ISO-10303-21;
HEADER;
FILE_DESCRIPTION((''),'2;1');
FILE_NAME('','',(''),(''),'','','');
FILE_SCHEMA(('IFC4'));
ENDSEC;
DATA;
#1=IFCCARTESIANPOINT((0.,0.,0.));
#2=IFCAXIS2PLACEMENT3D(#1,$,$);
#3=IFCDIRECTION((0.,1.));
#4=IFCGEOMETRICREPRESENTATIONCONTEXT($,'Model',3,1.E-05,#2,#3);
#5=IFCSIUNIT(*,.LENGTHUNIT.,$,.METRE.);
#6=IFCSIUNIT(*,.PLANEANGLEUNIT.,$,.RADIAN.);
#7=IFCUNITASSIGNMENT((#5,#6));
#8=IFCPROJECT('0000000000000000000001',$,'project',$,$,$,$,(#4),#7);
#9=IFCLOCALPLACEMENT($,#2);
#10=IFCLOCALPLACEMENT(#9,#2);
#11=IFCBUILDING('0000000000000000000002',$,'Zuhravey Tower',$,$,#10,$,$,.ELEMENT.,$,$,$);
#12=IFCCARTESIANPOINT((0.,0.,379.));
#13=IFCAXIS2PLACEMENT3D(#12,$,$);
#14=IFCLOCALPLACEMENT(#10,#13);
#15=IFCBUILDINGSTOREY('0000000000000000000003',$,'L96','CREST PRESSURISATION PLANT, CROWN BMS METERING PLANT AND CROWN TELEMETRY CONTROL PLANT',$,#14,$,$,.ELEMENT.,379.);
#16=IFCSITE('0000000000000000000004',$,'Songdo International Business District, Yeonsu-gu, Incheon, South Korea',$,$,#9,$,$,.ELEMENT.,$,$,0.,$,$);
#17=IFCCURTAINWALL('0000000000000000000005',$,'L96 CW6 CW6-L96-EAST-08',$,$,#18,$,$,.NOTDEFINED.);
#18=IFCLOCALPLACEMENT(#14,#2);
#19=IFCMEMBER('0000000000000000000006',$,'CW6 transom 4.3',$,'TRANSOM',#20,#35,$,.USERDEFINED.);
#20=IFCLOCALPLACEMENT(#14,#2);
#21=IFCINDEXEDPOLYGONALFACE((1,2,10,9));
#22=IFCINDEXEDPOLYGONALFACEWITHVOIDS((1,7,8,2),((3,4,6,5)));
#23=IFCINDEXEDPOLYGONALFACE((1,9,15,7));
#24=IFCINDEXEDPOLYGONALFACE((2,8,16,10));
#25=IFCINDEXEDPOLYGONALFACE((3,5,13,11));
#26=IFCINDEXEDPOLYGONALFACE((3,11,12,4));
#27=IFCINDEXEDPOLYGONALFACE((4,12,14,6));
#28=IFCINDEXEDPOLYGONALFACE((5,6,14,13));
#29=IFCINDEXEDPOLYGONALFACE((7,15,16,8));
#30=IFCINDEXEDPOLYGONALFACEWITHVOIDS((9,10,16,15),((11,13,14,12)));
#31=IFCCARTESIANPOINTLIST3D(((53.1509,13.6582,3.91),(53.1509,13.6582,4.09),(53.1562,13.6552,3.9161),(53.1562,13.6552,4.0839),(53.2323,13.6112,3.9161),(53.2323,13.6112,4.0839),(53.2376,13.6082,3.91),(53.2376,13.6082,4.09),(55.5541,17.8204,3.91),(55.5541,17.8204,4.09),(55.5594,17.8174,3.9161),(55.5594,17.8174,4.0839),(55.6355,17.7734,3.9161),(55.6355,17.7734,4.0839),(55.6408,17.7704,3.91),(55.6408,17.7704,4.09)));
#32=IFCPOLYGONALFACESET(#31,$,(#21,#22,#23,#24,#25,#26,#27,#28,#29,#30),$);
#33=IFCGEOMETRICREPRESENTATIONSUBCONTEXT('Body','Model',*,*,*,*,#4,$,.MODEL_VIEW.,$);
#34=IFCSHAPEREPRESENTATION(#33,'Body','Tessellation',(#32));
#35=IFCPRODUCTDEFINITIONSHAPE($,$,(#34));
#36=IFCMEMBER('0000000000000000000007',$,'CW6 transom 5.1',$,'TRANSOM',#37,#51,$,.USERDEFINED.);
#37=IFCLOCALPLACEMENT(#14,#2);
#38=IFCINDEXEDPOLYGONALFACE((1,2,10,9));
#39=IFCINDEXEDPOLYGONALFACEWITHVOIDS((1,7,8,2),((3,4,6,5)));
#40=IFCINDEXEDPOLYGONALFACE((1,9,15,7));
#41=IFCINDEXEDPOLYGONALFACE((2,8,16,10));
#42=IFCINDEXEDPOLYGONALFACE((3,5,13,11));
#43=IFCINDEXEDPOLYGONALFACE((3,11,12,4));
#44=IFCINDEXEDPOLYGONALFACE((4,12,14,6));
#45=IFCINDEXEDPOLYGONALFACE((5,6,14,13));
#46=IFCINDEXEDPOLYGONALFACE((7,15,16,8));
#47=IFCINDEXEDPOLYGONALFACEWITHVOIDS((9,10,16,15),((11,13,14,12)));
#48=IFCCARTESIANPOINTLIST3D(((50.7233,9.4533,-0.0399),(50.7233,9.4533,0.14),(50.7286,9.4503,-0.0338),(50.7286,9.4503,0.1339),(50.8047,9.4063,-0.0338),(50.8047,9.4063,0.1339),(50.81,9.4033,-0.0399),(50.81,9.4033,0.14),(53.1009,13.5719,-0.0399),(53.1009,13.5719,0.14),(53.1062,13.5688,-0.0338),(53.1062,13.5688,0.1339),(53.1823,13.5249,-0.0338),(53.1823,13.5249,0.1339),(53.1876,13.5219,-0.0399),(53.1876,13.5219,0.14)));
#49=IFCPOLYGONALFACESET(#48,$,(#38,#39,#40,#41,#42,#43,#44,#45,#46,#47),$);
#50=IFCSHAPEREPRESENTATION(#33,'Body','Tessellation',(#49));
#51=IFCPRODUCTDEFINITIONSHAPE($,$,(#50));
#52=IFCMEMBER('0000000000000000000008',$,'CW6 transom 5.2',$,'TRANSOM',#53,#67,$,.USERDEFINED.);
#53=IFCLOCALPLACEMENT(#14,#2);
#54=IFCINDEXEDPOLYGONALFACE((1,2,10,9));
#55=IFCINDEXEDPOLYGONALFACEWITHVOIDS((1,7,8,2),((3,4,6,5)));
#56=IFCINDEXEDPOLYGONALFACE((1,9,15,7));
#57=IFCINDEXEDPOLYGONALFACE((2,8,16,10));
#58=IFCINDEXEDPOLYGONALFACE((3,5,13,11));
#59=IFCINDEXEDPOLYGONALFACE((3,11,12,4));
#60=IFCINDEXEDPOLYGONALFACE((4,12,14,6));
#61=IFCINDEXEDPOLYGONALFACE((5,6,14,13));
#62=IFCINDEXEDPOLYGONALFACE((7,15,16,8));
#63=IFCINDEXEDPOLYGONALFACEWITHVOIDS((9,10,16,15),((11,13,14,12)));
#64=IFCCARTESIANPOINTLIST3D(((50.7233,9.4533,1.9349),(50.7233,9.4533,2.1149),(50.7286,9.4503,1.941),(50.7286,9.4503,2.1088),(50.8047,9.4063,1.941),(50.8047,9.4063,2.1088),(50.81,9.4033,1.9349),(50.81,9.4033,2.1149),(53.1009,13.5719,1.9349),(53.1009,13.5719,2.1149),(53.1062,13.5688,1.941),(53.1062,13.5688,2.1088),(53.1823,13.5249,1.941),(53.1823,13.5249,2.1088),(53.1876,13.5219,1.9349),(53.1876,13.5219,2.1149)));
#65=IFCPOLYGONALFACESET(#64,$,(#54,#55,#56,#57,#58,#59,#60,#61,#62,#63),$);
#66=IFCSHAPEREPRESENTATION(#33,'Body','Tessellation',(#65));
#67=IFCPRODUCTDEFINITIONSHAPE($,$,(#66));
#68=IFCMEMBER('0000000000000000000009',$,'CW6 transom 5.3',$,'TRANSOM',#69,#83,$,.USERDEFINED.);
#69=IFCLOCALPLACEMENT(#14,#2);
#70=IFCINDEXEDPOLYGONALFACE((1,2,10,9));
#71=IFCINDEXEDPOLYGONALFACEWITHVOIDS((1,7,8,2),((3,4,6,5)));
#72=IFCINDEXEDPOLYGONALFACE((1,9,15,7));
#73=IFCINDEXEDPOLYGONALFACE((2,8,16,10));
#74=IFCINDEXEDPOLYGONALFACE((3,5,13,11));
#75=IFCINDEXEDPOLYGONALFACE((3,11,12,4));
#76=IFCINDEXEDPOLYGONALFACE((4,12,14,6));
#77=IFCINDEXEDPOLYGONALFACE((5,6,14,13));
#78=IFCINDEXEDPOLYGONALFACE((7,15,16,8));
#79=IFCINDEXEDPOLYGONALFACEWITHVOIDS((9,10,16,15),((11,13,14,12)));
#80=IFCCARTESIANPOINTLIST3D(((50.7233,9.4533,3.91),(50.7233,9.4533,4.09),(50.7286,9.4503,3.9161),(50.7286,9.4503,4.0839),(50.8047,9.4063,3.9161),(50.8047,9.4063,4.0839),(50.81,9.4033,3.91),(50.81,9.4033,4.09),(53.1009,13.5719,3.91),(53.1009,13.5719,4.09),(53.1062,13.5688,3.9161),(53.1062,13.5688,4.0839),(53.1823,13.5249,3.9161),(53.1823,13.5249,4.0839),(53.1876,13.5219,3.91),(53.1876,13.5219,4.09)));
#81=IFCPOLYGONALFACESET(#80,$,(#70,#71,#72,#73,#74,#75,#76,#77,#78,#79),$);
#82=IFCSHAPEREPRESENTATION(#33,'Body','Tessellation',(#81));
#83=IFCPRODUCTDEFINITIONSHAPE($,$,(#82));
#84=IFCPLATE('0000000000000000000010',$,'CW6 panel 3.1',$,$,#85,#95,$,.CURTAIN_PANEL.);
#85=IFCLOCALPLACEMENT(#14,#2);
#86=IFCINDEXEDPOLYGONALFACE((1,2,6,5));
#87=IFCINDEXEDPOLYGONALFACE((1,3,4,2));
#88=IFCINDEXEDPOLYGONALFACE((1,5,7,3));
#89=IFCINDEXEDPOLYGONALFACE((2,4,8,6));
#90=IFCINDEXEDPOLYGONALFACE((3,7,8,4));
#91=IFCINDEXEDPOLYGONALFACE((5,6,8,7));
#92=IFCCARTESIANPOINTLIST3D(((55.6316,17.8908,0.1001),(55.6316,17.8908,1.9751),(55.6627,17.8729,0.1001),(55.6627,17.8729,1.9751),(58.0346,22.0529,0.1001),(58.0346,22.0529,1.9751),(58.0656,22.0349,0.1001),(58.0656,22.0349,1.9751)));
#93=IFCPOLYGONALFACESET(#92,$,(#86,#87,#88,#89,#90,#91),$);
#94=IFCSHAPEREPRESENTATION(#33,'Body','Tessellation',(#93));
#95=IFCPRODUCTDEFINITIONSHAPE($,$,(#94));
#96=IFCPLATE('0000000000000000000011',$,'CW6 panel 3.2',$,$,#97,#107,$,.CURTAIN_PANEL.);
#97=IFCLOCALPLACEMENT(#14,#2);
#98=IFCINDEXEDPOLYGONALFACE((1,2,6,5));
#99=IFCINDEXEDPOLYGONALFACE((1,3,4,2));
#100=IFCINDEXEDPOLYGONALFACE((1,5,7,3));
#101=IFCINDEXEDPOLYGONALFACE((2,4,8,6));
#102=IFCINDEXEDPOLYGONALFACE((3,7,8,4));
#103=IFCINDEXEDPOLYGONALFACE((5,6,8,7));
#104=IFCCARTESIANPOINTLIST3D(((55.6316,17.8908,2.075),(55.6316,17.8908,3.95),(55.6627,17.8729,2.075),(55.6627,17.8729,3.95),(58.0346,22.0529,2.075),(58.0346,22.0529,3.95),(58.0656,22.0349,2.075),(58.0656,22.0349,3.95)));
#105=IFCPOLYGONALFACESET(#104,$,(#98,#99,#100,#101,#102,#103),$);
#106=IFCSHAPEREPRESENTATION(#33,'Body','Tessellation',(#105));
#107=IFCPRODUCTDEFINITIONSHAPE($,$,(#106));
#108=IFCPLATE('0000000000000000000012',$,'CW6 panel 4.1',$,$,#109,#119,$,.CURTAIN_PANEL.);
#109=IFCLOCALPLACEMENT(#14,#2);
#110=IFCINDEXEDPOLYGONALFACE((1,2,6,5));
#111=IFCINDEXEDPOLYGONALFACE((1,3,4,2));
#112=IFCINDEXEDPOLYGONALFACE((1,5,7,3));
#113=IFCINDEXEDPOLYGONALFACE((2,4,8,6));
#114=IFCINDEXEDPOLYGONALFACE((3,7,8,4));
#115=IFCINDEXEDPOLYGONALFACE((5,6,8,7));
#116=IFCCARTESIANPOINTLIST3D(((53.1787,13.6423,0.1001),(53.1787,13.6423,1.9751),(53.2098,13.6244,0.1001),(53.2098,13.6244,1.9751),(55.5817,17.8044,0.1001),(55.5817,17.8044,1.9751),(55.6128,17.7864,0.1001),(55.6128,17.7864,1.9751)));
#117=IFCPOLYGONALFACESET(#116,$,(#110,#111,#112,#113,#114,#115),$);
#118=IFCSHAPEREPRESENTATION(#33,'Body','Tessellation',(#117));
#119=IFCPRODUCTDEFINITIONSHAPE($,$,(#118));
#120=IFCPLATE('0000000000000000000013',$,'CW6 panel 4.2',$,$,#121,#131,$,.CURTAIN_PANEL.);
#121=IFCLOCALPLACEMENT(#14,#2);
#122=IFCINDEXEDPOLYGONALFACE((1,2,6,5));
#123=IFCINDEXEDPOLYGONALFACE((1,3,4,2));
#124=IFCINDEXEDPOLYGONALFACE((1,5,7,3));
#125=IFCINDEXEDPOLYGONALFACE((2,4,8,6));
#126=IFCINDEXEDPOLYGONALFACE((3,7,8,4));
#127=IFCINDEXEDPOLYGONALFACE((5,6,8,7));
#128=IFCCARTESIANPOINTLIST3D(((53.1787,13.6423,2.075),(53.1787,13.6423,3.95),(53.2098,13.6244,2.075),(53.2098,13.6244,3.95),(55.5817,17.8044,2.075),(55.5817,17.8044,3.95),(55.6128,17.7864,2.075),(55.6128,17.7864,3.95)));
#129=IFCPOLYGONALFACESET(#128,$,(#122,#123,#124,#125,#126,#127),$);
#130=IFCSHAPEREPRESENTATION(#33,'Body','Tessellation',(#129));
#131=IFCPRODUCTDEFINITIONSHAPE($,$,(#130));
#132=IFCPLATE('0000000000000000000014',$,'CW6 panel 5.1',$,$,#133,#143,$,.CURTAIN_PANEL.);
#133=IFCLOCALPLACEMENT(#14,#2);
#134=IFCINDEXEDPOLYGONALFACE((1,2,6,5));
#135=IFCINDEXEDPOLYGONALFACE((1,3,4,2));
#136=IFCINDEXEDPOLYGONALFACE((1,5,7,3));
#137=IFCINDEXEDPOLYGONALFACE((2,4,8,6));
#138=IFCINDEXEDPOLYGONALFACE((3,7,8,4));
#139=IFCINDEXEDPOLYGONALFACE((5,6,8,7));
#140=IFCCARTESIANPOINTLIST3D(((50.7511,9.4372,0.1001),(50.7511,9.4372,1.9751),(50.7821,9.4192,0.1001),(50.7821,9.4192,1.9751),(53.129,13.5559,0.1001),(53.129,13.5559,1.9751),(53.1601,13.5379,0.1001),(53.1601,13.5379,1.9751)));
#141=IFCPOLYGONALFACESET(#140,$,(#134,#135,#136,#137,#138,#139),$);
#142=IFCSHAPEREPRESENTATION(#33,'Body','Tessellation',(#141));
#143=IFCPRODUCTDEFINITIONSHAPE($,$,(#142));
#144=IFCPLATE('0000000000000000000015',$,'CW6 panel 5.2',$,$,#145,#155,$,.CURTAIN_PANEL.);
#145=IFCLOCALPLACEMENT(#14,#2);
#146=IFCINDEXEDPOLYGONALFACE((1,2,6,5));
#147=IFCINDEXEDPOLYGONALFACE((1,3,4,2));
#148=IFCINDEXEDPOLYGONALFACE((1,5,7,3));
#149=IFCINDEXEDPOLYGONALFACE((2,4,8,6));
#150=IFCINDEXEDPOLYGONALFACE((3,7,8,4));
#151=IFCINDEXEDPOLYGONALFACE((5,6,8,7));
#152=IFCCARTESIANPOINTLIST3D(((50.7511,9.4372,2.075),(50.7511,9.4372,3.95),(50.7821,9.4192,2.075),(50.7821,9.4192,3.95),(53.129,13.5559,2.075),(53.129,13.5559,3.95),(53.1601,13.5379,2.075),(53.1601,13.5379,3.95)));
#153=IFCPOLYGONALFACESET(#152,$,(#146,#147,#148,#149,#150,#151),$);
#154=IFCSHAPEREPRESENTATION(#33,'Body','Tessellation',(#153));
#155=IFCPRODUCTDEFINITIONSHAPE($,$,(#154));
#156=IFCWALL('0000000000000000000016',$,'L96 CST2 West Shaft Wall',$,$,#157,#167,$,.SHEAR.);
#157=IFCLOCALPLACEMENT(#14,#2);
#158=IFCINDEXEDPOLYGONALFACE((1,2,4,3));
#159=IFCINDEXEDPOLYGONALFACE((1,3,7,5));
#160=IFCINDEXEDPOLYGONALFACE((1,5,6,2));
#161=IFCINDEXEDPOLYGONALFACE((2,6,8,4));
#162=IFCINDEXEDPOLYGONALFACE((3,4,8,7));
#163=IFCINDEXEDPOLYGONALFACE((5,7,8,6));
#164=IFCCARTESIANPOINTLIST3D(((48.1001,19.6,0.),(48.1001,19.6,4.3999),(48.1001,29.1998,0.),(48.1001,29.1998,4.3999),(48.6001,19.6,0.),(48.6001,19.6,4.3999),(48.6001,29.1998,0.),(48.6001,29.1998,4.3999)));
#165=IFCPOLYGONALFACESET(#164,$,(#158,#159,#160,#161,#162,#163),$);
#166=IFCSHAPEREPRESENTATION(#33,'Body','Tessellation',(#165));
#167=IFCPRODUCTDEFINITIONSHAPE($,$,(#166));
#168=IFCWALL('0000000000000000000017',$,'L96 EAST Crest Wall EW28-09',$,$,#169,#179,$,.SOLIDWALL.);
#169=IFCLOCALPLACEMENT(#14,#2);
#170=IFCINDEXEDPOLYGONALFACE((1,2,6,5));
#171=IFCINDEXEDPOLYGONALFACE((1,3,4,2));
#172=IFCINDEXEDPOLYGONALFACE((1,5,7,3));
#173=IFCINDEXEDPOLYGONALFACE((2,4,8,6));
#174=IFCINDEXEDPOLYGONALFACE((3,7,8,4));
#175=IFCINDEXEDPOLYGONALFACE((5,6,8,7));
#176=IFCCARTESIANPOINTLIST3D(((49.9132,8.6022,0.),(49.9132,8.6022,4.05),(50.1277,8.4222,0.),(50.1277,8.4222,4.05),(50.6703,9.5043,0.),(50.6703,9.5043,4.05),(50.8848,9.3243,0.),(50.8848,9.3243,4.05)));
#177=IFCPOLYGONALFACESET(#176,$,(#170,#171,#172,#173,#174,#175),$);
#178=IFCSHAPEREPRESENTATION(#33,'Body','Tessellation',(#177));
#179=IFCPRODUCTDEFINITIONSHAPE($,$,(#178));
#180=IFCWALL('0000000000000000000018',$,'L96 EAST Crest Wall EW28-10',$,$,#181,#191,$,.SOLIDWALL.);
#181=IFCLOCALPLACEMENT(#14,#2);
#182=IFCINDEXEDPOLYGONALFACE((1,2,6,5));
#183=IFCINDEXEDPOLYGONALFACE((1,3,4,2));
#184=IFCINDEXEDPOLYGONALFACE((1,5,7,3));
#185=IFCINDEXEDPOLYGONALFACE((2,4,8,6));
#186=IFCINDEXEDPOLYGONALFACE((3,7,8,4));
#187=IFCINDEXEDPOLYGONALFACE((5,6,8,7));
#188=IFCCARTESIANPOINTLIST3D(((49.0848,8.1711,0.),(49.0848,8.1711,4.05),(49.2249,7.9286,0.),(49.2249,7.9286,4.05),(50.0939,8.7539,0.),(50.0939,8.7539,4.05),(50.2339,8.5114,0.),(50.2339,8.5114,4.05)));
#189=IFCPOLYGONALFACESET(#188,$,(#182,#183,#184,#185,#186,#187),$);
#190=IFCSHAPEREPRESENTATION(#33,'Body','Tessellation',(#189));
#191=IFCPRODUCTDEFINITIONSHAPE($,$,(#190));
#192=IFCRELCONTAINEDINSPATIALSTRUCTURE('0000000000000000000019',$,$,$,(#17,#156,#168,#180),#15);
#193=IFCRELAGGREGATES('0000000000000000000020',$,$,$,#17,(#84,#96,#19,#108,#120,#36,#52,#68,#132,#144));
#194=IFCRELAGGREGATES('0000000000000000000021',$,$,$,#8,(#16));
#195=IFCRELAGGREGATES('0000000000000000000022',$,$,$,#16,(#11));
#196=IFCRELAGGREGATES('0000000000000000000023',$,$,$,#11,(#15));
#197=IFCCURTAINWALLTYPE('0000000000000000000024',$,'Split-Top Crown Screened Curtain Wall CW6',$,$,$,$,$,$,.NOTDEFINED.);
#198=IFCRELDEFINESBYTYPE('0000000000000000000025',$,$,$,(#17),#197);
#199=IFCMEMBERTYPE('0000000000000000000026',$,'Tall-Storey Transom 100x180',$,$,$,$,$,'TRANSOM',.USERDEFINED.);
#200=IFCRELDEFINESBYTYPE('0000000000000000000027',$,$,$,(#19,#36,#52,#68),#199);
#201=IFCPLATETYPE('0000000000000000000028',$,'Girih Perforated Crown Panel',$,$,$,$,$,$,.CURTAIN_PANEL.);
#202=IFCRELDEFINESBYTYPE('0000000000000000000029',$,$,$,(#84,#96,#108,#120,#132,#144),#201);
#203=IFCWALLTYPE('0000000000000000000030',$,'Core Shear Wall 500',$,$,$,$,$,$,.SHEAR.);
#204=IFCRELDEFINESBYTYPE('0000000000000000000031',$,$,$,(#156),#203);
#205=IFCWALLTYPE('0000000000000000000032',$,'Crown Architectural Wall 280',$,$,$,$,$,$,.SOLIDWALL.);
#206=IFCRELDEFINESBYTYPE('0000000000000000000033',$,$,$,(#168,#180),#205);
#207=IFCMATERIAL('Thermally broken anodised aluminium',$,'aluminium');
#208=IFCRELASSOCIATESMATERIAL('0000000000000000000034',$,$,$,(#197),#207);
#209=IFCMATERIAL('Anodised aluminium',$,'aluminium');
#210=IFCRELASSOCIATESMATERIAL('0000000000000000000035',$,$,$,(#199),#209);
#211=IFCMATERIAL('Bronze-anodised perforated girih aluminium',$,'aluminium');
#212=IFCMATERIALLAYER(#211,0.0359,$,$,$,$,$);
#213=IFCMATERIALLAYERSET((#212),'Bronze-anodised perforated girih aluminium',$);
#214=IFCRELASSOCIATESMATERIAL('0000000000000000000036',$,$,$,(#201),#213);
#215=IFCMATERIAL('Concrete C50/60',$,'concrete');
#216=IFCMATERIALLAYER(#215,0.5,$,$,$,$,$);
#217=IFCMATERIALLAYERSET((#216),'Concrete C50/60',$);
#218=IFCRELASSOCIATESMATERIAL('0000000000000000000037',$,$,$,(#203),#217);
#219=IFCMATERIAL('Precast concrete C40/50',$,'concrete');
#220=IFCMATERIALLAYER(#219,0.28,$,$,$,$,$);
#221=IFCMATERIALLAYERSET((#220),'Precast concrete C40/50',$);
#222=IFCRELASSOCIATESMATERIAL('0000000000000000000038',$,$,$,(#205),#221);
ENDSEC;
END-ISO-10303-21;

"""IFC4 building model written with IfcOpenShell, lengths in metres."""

from ifc_helpers import new_model, si_unit, direction, frame, frame_2d, origin, origin_2d, place, context, subcontext, project, spatial, rectangle, hollow_rectangle, extrude, material, layer, layer_set, material_profile, profile_set, type_object, element, aggregate, save


model = new_model("IFC4")

# Units and contexts
model_context = context("Model", 3, precision=1e-05, world=origin(), true_north=direction((0.0, 1.0)))
body_context = subcontext(model_context, "Body", "Model", "MODEL_VIEW")
ifc_project = project(units=[si_unit("LENGTHUNIT", "METRE"), si_unit("PLANEANGLEUNIT", "RADIAN")], contexts=[model_context])

# Site, building, storey
site_placement = place(None, origin())
site = spatial("IfcSite", under=ifc_project, at=site_placement, Name="Songdo International Business District, Yeonsu-gu, Incheon, South Korea", CompositionType="ELEMENT", RefElevation=0.0)
building_placement = place(site_placement, origin())
building = spatial("IfcBuilding", under=site, at=building_placement, Name="Zuhravey Tower", CompositionType="ELEMENT")
storey_placement = place(building_placement, frame((0.0, 0.0, 379.0)))
storey = spatial("IfcBuildingStorey", under=building, at=storey_placement, Name="L96", Description="CREST PRESSURISATION PLANT, CROWN BMS METERING PLANT AND CROWN TELEMETRY CONTROL PLANT", CompositionType="ELEMENT", Elevation=379.0)

# Curtain wall
ifc_material_1 = material(Name="Thermally broken anodised aluminium", Category="aluminium")
curtain_wall_type = type_object("IfcCurtainWallType", Name="Split-Top Crown Screened Curtain Wall CW6", PredefinedType="NOTDEFINED", material=ifc_material_1)
curtain_wall_placement = place(storey_placement, origin())
curtain_wall = element("IfcCurtainWall", 1, at=curtain_wall_placement, inside=storey, type_object=curtain_wall_type, Name="L96 CW6 CW6-L96-EAST-08", PredefinedType="NOTDEFINED")
ifc_material_2 = material(Name="Anodised aluminium", Category="aluminium")

# Members
ifc_material_profile_1 = material_profile(ifc_material_2, hollow_rectangle(XDim=0.1001, YDim=0.1799, WallThickness=0.0061, at=origin_2d()), Name="ALU-RHS-100x180x6")
ifc_profile_set_1 = profile_set([ifc_material_profile_1], Name="Anodised aluminium")
member_type_1 = type_object("IfcMemberType", Name="Tall-Storey Transom 100x180", ElementType="TRANSOM", PredefinedType="USERDEFINED", material=ifc_profile_set_1)
member_1_placement = place(storey_placement, frame((55.5974, 17.7954, 4.0), z_axis=(-0.500013, -0.866018, 0.0), x_axis=(0.866018, -0.500013, 0.0)))
member_1 = element("IfcMember", 2, at=member_1_placement, type_object=member_type_1, Name="CW6 transom 4.3", ObjectType="TRANSOM", PredefinedType="USERDEFINED", context=body_context, shape_type="SweptSolid", body=[
    extrude(hollow_rectangle(XDim=0.1001, YDim=0.1799, WallThickness=0.0061, at=origin_2d()), origin(), (0.0, 0.0, 1.0), 4.8062),
])
member_2_placement = place(storey_placement, frame((53.1443, 13.5469, 0.05), z_axis=(-0.499965, -0.866045, 0.0), x_axis=(0.866045, -0.499965, 0.0)))
member_2 = element("IfcMember", 3, at=member_2_placement, type_object=member_type_1, Name="CW6 transom 5.1", ObjectType="TRANSOM", PredefinedType="USERDEFINED", context=body_context, shape_type="SweptSolid", body=[
    extrude(hollow_rectangle(XDim=0.1001, YDim=0.1799, WallThickness=0.0061, at=origin_2d()), origin(), (0.0, 0.0, 1.0), 4.7556),
])
member_3_placement = place(storey_placement, frame((53.1443, 13.5469, 2.0249), z_axis=(-0.499965, -0.866045, 0.0), x_axis=(0.866045, -0.499965, 0.0)))
member_3 = element("IfcMember", 4, at=member_3_placement, type_object=member_type_1, Name="CW6 transom 5.2", ObjectType="TRANSOM", PredefinedType="USERDEFINED", context=body_context, shape_type="SweptSolid", body=[
    extrude(hollow_rectangle(XDim=0.1001, YDim=0.1799, WallThickness=0.0061, at=origin_2d()), origin(), (0.0, 0.0, 1.0), 4.7556),
])
member_4_placement = place(storey_placement, frame((53.1443, 13.5469, 4.0), z_axis=(-0.499965, -0.866045, 0.0), x_axis=(0.866045, -0.499965, 0.0)))
member_4 = element("IfcMember", 5, at=member_4_placement, type_object=member_type_1, Name="CW6 transom 5.3", ObjectType="TRANSOM", PredefinedType="USERDEFINED", context=body_context, shape_type="SweptSolid", body=[
    extrude(hollow_rectangle(XDim=0.1001, YDim=0.1799, WallThickness=0.0061, at=origin_2d()), origin(), (0.0, 0.0, 1.0), 4.7556),
])

# Plates
ifc_material_3 = material(Name="Bronze-anodised perforated girih aluminium", Category="aluminium")
ifc_layer_1 = layer(ifc_material_3, 0.0359)
ifc_layer_set_1 = layer_set([ifc_layer_1], Name="Bronze-anodised perforated girih aluminium")
plate_type = type_object("IfcPlateType", Name="Girih Perforated Crown Panel", PredefinedType="CURTAIN_PANEL", material=ifc_layer_set_1)
plate_1_placement = place(storey_placement, frame((56.8486, 19.9629, 0.1001), z_axis=(0.0, 0.0, 1.0), x_axis=(-0.499997, -0.866027, 0.0)))
plate_1 = element("IfcPlate", 6, at=plate_1_placement, type_object=plate_type, Name="CW6 panel 3.1", PredefinedType="CURTAIN_PANEL", context=body_context, shape_type="SweptSolid", body=[
    extrude(rectangle(XDim=4.8059, YDim=0.0359, at=origin_2d()), origin(), (0.0, 0.0, 1.0), 1.875),
])
plate_2_placement = place(storey_placement, frame((56.8486, 19.9629, 2.075), z_axis=(0.0, 0.0, 1.0), x_axis=(-0.499997, -0.866027, 0.0)))
plate_2 = element("IfcPlate", 7, at=plate_2_placement, type_object=plate_type, Name="CW6 panel 3.2", PredefinedType="CURTAIN_PANEL", context=body_context, shape_type="SweptSolid", body=[
    extrude(rectangle(XDim=4.8059, YDim=0.0359, at=origin_2d()), origin(), (0.0, 0.0, 1.0), 1.875),
])
plate_3_placement = place(storey_placement, frame((54.3958, 15.7144, 0.1001), z_axis=(0.0, 0.0, 1.0), x_axis=(-0.499997, -0.866027, 0.0)))
plate_3 = element("IfcPlate", 8, at=plate_3_placement, type_object=plate_type, Name="CW6 panel 4.1", PredefinedType="CURTAIN_PANEL", context=body_context, shape_type="SweptSolid", body=[
    extrude(rectangle(XDim=4.8059, YDim=0.0359, at=origin_2d()), origin(), (0.0, 0.0, 1.0), 1.875),
])
plate_4_placement = place(storey_placement, frame((54.3958, 15.7144, 2.075), z_axis=(0.0, 0.0, 1.0), x_axis=(-0.499997, -0.866027, 0.0)))
plate_4 = element("IfcPlate", 9, at=plate_4_placement, type_object=plate_type, Name="CW6 panel 4.2", PredefinedType="CURTAIN_PANEL", context=body_context, shape_type="SweptSolid", body=[
    extrude(rectangle(XDim=4.8059, YDim=0.0359, at=origin_2d()), origin(), (0.0, 0.0, 1.0), 1.875),
])
plate_5_placement = place(storey_placement, frame((51.9556, 11.4875, 0.1001), z_axis=(0.0, 0.0, 1.0), x_axis=(-0.499997, -0.866027, 0.0)))
plate_5 = element("IfcPlate", 10, at=plate_5_placement, type_object=plate_type, Name="CW6 panel 5.1", PredefinedType="CURTAIN_PANEL", context=body_context, shape_type="SweptSolid", body=[
    extrude(rectangle(XDim=4.7559, YDim=0.0359, at=origin_2d()), origin(), (0.0, 0.0, 1.0), 1.875),
])
plate_6_placement = place(storey_placement, frame((51.9556, 11.4875, 2.075), z_axis=(0.0, 0.0, 1.0), x_axis=(-0.499997, -0.866027, 0.0)))
plate_6 = element("IfcPlate", 11, at=plate_6_placement, type_object=plate_type, Name="CW6 panel 5.2", PredefinedType="CURTAIN_PANEL", context=body_context, shape_type="SweptSolid", body=[
    extrude(rectangle(XDim=4.7559, YDim=0.0359, at=origin_2d()), origin(), (0.0, 0.0, 1.0), 1.875),
])
aggregate(curtain_wall, [plate_1, plate_2, member_1, plate_3, plate_4, member_2, member_3, member_4, plate_5, plate_6])

# Shared definitions
ifc_material_4 = material(Name="Concrete C50/60", Category="concrete")
ifc_layer_2 = layer(ifc_material_4, 0.5)
ifc_layer_set_2 = layer_set([ifc_layer_2], Name="Concrete C50/60")
wall_type_1 = type_object("IfcWallType", Name="Core Shear Wall 500", PredefinedType="SHEAR", material=ifc_layer_set_2)

# Walls
wall_1_placement = place(storey_placement, frame((48.3501, 19.6001, 0.0), z_axis=(0.0, 0.0, 1.0), x_axis=(0.0, 1.0, 0.0)))
element("IfcWall", 12, at=wall_1_placement, inside=storey, type_object=wall_type_1, Name="L96 CST2 West Shaft Wall", PredefinedType="SHEAR", context=body_context, shape_type="SweptSolid", body=[
    extrude(rectangle(XDim=9.5999, YDim=0.5, at=frame_2d((4.7998, 0.0))), origin(), (0.0, 0.0, 1.0), 4.3999),
])
ifc_material_5 = material(Name="Precast concrete C40/50", Category="concrete")
ifc_layer_3 = layer(ifc_material_5, 0.28)
ifc_layer_set_3 = layer_set([ifc_layer_3], Name="Precast concrete C40/50")
wall_type_2 = type_object("IfcWallType", Name="Crown Architectural Wall 280", PredefinedType="SOLIDWALL", material=ifc_layer_set_3)
wall_2_placement = place(storey_placement, frame((50.7776, 9.4143, 0.0), z_axis=(0.0, 0.0, 1.0), x_axis=(-0.642852, -0.765991, 0.0)))
element("IfcWall", 13, at=wall_2_placement, inside=storey, type_object=wall_type_2, Name="L96 EAST Crest Wall EW28-09", PredefinedType="SOLIDWALL", context=body_context, shape_type="SweptSolid", body=[
    extrude(rectangle(XDim=1.1777, YDim=0.28, at=frame_2d((0.5889, 0.0))), origin(), (0.0, 0.0, 1.0), 4.05),
])
wall_3_placement = place(storey_placement, frame((50.1638, 8.6326, 0.0), z_axis=(0.0, 0.0, 1.0), x_axis=(-0.865952, -0.500127, 0.0)))
element("IfcWall", 14, at=wall_3_placement, inside=storey, type_object=wall_type_2, Name="L96 EAST Crest Wall EW28-10", PredefinedType="SOLIDWALL", context=body_context, shape_type="SweptSolid", body=[
    extrude(rectangle(XDim=1.1653, YDim=0.28, at=frame_2d((0.5825, 0.0))), origin(), (0.0, 0.0, 1.0), 4.05),
])

save(model, "model.ifc")
